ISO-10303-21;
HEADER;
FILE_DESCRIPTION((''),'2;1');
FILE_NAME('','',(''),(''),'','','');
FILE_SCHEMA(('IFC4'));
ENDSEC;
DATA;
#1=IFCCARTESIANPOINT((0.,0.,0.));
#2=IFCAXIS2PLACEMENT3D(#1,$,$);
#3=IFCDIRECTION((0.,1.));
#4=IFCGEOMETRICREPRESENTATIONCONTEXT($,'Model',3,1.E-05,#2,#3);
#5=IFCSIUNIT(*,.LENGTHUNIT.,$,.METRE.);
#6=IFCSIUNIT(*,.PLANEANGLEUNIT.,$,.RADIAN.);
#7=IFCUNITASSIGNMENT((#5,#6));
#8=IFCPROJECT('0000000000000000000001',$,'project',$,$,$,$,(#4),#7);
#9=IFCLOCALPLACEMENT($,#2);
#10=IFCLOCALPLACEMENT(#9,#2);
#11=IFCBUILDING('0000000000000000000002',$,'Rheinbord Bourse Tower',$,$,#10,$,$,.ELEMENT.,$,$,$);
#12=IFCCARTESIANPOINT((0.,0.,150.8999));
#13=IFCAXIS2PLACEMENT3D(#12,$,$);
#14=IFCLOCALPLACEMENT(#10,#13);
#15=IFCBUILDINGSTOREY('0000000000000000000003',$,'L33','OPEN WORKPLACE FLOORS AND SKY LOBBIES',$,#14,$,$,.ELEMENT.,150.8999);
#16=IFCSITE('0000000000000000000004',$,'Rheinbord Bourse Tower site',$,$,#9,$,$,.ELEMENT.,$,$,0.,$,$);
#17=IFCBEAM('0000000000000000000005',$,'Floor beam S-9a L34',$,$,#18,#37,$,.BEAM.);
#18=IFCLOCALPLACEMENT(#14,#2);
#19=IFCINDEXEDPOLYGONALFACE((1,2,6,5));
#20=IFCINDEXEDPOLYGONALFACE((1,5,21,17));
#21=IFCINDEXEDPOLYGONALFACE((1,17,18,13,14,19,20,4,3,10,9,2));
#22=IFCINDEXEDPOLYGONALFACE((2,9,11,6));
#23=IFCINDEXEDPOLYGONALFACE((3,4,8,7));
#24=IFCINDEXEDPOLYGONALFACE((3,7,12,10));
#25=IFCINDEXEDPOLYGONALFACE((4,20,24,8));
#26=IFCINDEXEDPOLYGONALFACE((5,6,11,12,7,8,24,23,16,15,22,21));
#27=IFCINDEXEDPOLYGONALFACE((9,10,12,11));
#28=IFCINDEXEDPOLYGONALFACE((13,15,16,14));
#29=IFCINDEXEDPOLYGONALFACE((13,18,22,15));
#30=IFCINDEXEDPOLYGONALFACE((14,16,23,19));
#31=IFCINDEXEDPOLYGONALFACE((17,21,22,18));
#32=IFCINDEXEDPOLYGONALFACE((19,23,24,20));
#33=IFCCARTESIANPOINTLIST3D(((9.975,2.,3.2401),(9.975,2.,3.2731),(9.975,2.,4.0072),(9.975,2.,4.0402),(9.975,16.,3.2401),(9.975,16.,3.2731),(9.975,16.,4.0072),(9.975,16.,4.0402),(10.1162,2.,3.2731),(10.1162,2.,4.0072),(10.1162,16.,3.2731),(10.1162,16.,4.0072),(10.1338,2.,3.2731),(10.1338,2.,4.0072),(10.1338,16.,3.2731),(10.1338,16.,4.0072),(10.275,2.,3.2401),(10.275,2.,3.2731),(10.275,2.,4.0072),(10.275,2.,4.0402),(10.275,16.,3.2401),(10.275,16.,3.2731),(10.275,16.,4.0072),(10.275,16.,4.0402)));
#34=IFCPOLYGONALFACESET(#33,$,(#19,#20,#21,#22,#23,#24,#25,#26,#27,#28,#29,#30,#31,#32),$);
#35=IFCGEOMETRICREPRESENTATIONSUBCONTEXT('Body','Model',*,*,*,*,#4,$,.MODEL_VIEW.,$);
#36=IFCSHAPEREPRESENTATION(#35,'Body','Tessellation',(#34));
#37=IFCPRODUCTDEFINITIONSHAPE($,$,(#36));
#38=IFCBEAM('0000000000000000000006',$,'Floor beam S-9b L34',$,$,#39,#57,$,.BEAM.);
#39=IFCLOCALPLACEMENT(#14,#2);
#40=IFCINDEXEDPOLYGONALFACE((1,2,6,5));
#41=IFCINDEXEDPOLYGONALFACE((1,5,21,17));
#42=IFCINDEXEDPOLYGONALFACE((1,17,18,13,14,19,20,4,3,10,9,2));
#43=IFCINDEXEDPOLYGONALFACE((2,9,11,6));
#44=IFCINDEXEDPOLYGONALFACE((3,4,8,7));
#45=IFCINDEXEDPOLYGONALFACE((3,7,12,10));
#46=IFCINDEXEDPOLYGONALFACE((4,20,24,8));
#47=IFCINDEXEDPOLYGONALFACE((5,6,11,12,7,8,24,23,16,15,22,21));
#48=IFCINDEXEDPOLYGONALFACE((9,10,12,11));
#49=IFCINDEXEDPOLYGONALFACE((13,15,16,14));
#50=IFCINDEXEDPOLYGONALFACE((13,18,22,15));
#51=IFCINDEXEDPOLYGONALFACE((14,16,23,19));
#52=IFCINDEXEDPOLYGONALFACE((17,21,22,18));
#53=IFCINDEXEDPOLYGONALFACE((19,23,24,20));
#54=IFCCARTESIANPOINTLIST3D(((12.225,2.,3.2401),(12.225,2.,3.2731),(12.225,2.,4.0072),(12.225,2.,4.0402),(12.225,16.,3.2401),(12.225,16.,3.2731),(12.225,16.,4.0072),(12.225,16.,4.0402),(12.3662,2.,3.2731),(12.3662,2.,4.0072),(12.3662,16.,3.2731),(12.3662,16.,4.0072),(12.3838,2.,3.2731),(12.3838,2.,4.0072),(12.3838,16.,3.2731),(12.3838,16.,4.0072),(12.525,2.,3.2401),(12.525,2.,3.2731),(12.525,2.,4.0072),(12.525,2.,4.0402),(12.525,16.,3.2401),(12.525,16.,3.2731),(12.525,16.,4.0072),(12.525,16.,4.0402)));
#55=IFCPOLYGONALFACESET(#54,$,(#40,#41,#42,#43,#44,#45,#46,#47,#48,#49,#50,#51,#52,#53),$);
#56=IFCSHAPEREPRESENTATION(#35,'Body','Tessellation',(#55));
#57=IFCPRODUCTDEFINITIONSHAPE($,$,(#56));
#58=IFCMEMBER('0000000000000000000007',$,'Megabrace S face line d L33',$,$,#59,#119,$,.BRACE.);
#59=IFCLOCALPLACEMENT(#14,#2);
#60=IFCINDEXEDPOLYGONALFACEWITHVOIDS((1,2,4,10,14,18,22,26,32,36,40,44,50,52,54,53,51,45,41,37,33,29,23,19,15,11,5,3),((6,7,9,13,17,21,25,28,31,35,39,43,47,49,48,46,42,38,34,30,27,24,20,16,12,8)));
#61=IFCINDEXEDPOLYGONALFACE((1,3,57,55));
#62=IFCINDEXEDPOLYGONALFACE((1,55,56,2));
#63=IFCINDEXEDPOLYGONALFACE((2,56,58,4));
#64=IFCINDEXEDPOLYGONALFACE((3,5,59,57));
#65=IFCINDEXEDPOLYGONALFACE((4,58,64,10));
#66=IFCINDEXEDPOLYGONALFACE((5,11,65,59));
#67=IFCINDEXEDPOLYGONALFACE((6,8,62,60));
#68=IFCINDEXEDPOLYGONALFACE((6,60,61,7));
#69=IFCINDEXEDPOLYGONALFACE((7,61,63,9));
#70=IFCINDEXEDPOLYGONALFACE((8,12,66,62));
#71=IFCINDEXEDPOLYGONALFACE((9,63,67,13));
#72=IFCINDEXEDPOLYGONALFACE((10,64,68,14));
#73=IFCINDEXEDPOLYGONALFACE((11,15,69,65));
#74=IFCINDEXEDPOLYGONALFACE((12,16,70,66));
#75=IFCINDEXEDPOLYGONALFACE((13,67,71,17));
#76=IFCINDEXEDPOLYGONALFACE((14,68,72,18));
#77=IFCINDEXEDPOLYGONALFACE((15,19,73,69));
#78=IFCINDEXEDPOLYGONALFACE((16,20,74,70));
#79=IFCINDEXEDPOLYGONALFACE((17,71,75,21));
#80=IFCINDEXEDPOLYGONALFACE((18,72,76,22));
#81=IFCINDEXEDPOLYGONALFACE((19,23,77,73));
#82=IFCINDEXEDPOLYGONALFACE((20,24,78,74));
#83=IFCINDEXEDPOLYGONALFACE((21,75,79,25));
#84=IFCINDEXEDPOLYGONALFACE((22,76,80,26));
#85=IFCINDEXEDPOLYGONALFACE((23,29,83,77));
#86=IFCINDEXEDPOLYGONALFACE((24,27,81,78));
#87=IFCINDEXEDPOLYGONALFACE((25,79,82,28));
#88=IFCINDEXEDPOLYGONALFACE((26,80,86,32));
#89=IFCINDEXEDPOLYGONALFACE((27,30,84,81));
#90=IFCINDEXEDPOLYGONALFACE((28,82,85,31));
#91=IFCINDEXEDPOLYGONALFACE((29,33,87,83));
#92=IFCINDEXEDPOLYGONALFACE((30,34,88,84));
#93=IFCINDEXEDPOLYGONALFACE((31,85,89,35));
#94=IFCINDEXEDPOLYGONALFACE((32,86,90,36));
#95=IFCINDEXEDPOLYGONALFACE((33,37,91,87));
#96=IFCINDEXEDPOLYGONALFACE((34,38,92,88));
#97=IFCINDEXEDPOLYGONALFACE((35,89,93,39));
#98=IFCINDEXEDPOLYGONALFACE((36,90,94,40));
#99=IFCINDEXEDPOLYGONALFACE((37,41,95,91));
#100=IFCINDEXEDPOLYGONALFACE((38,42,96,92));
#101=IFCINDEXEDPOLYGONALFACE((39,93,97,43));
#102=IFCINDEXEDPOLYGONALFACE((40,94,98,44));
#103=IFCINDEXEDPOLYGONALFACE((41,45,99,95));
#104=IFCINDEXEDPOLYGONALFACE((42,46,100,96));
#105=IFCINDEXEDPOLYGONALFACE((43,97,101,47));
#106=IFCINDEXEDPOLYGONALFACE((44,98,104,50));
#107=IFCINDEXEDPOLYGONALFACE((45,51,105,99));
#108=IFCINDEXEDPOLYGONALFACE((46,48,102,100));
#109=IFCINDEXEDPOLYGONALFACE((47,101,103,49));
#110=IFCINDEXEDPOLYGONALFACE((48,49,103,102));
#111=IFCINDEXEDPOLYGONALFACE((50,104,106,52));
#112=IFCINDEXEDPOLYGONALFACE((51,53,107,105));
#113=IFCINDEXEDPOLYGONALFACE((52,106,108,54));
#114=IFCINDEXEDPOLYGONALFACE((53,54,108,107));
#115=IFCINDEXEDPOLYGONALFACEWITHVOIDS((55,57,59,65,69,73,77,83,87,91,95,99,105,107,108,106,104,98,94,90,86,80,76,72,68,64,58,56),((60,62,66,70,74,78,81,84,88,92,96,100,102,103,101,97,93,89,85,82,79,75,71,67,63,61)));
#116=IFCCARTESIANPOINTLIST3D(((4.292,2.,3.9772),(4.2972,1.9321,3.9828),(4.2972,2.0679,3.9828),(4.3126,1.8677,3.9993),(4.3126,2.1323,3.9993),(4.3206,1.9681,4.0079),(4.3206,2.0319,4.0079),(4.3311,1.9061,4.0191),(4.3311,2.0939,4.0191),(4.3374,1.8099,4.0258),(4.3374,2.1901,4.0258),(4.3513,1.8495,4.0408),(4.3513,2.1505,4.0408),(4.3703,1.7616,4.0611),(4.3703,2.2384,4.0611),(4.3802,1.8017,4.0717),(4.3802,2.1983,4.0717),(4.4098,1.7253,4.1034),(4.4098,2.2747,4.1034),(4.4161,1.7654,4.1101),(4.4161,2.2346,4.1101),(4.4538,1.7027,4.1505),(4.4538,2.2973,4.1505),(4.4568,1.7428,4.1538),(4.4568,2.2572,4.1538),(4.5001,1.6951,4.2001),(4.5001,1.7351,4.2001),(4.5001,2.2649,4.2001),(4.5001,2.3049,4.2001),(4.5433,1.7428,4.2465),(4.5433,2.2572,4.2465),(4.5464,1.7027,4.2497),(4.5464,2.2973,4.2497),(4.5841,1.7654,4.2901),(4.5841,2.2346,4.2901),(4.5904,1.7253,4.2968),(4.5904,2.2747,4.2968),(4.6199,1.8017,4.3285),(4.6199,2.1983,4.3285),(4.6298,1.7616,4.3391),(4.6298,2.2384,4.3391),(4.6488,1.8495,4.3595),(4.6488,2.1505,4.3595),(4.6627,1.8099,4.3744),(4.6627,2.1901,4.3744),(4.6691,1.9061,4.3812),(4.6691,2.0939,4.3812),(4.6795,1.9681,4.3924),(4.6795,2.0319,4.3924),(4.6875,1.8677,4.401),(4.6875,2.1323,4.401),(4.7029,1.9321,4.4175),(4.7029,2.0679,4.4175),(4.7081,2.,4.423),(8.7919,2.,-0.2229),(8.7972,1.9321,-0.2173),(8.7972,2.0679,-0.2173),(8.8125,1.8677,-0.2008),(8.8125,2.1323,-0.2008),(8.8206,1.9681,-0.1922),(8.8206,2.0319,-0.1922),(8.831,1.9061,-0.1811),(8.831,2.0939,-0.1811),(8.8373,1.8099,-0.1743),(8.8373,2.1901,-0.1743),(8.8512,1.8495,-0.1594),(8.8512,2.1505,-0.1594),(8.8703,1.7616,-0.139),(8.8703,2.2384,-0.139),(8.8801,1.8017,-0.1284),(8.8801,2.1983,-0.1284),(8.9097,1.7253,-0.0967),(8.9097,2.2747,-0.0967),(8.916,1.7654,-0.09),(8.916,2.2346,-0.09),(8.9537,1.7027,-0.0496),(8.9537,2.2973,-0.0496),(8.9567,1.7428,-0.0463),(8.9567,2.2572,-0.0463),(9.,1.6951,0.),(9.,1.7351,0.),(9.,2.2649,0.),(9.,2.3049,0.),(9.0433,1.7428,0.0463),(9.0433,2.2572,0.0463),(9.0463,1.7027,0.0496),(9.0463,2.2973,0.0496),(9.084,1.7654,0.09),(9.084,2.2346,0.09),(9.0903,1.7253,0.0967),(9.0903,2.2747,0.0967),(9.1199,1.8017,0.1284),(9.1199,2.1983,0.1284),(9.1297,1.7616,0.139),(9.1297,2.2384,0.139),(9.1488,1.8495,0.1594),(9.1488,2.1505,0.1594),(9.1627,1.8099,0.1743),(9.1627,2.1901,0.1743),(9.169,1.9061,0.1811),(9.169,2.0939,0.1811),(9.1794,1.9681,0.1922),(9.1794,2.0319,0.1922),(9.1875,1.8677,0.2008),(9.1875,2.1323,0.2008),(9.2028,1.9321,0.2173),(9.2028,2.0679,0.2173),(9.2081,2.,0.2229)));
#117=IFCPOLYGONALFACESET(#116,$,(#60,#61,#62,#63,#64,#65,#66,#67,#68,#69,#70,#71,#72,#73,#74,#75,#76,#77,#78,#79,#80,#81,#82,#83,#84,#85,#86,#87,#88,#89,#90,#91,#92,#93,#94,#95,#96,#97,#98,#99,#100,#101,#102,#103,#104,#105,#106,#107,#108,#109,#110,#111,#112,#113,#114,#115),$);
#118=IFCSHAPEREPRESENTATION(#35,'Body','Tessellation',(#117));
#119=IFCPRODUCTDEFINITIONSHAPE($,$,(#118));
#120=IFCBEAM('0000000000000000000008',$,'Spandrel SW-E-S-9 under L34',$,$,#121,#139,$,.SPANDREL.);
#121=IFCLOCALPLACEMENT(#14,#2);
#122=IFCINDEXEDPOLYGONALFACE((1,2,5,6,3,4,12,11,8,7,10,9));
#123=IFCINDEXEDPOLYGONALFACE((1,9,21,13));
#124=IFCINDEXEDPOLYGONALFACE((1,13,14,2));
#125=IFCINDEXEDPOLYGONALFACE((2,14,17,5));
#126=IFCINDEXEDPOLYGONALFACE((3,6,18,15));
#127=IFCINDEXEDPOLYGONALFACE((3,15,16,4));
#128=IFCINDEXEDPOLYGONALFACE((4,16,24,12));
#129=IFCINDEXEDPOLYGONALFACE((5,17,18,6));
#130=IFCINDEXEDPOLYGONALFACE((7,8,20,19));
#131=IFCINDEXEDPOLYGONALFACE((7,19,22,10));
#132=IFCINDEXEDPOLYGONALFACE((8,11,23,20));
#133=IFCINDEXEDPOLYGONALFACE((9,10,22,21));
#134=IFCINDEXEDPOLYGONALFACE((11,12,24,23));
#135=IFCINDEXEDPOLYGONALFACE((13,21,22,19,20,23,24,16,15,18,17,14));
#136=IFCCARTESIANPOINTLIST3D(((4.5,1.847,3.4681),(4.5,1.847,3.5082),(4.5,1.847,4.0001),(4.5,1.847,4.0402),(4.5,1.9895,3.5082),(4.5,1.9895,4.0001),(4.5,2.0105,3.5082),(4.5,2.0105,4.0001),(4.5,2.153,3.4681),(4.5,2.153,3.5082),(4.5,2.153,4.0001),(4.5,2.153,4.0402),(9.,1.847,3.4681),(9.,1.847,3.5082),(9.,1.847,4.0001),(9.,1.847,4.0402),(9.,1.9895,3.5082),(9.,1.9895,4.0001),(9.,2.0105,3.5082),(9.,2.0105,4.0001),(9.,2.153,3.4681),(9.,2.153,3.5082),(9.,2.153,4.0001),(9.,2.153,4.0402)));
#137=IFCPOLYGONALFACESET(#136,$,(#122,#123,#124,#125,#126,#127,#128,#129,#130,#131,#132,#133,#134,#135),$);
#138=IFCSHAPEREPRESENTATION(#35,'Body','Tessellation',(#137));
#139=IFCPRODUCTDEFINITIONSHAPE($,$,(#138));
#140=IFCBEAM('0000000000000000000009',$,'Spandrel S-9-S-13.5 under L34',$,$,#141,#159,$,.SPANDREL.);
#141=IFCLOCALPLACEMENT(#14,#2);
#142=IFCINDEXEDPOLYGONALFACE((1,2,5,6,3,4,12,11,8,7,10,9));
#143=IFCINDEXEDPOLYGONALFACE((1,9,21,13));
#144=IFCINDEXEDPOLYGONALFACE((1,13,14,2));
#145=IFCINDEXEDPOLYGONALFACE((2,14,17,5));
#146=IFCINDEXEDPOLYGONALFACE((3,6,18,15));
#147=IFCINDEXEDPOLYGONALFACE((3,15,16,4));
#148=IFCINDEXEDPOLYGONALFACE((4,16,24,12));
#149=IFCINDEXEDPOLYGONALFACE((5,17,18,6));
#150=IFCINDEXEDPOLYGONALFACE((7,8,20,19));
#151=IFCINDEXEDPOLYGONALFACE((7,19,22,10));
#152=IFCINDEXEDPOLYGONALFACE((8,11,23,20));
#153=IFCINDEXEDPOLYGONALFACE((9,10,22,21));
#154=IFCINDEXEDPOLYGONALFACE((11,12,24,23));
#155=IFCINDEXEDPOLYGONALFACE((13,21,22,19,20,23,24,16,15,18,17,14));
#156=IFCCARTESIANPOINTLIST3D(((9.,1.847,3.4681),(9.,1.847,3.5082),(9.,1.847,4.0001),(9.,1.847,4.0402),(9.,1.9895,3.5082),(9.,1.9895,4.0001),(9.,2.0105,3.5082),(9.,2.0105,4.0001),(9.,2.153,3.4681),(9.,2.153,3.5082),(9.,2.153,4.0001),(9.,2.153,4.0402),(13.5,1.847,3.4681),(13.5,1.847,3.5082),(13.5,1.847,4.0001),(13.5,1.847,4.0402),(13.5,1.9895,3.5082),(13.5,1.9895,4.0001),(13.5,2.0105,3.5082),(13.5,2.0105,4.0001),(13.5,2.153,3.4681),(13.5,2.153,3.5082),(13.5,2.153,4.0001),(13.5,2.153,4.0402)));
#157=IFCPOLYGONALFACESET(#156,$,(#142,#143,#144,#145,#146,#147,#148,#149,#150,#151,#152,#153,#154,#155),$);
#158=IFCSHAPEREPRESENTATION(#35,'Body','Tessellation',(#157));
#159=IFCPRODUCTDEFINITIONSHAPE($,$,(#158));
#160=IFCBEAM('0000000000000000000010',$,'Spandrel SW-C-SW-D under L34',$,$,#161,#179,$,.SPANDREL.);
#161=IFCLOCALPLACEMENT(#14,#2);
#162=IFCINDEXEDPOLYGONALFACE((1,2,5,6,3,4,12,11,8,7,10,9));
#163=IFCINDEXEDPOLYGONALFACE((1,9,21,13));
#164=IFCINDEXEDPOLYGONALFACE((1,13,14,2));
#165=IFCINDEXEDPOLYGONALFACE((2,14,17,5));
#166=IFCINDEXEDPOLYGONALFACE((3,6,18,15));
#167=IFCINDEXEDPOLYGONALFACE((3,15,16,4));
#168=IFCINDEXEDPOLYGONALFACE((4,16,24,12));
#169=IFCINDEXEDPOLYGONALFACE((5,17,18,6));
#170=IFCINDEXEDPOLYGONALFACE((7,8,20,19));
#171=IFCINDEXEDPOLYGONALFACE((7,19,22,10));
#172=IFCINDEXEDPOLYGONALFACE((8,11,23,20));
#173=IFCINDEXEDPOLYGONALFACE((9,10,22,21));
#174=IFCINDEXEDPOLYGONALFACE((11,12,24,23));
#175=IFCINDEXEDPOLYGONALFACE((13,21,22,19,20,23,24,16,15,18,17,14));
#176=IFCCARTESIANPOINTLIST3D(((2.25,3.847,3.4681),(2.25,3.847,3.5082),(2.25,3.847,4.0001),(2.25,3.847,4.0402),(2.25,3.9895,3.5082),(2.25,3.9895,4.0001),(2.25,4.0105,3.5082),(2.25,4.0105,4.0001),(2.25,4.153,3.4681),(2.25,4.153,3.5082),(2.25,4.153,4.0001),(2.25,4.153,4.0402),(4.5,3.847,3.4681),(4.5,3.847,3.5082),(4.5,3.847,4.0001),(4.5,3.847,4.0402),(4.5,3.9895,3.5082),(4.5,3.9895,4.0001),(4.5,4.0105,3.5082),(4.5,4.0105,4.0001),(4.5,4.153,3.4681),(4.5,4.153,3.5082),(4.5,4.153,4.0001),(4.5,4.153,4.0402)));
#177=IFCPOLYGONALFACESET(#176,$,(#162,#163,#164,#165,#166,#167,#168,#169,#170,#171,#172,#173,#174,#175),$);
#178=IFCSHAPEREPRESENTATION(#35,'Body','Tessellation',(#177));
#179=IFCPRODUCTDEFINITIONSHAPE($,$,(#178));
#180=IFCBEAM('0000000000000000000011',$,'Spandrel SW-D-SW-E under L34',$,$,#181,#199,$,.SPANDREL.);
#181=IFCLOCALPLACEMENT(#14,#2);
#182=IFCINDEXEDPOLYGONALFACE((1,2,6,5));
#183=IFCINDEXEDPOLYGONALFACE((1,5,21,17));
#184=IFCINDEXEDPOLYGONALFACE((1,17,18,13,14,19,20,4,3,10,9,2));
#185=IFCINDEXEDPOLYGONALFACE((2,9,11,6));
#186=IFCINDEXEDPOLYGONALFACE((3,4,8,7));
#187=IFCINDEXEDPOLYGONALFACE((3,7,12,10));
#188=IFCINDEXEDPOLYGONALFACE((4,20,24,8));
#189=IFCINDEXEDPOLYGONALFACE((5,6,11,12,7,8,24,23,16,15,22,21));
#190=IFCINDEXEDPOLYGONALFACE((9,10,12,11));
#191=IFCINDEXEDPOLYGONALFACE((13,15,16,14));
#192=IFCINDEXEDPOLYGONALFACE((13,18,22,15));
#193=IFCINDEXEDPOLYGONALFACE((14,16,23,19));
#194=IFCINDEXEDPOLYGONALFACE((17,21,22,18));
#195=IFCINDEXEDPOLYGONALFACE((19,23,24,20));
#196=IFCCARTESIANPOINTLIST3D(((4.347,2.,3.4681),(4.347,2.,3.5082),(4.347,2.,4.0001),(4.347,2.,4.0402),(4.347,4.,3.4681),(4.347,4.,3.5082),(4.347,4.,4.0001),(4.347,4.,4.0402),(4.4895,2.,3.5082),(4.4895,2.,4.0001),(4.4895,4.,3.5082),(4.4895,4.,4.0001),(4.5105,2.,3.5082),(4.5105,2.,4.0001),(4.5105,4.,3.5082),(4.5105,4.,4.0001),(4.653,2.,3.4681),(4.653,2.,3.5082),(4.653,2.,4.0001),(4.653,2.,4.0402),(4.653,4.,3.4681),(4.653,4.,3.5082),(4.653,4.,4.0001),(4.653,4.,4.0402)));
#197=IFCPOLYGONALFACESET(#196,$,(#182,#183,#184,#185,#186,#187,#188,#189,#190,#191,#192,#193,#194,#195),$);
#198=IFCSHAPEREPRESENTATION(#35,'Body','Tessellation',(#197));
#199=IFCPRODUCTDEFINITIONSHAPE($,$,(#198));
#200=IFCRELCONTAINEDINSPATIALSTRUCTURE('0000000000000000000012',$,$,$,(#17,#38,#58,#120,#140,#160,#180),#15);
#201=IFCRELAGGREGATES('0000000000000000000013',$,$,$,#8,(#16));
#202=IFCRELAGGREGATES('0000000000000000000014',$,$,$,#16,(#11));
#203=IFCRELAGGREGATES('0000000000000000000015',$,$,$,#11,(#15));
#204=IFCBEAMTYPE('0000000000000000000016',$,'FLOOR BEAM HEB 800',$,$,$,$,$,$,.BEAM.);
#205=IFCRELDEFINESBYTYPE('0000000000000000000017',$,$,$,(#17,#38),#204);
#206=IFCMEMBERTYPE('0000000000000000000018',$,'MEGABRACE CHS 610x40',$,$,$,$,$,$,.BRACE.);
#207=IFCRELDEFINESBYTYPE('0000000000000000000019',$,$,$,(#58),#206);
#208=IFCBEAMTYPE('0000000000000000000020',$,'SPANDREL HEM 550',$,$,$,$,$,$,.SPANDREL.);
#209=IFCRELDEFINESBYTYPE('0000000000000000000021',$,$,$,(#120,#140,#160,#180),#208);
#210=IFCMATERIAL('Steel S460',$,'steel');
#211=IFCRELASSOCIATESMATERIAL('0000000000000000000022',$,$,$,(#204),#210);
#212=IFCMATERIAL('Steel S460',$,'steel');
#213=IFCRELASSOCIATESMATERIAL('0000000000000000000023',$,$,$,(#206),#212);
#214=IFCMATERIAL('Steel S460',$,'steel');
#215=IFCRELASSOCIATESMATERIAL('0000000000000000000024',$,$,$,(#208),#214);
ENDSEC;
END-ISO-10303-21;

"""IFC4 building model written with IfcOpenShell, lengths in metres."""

from ifc_helpers import new_model, si_unit, direction, frame, origin, origin_2d, place, context, subcontext, project, spatial, hollow_circle, i_section, extrude, material, material_profile, profile_set, type_object, element, save


model = new_model("IFC4")

# Units and contexts
model_context = context("Model", 3, precision=1e-05, world=origin(), true_north=direction((0.0, 1.0)))
body_context = subcontext(model_context, "Body", "Model", "MODEL_VIEW")
ifc_project = project(units=[si_unit("LENGTHUNIT", "METRE"), si_unit("PLANEANGLEUNIT", "RADIAN")], contexts=[model_context])

# Site, building, storey
site_placement = place(None, origin())
site = spatial("IfcSite", under=ifc_project, at=site_placement, Name="Rheinbord Bourse Tower site", CompositionType="ELEMENT", RefElevation=0.0)
building_placement = place(site_placement, origin())
building = spatial("IfcBuilding", under=site, at=building_placement, Name="Rheinbord Bourse Tower", CompositionType="ELEMENT")
storey_placement = place(building_placement, frame((0.0, 0.0, 150.8999)))
storey = spatial("IfcBuildingStorey", under=building, at=storey_placement, Name="L33", Description="OPEN WORKPLACE FLOORS AND SKY LOBBIES", CompositionType="ELEMENT", Elevation=150.8999)

# Beams
ifc_material_1 = material(Name="Steel S460", Category="steel")
ifc_material_profile_1 = material_profile(ifc_material_1, i_section(OverallWidth=0.3, OverallDepth=0.8, WebThickness=0.0176, FlangeThickness=0.033, at=origin_2d()), Name="HEB 800")
ifc_profile_set_1 = profile_set([ifc_material_profile_1], Name="Steel S460")
beam_type_1 = type_object("IfcBeamType", Name="FLOOR BEAM HEB 800", PredefinedType="BEAM", material=ifc_profile_set_1)
for number, where, z_axis, x_axis, name in (
    (1, (10.125, 2.0, 3.6401), (0.0, 1.0, 0.0), (-1.0, 0.0, 0.0), "Floor beam S-9a L34"),
    (2, (12.375, 2.0, 3.6401), (0.0, 1.0, 0.0), (-1.0, 0.0, 0.0), "Floor beam S-9b L34"),
):
    element("IfcBeam", number, at=place(storey_placement, frame(where, z_axis=z_axis, x_axis=x_axis)), inside=storey, type_object=beam_type_1, Name=name, PredefinedType="BEAM", context=body_context, shape_type="SweptSolid", body=[
        extrude(i_section(OverallWidth=0.3, OverallDepth=0.8, WebThickness=0.0176, FlangeThickness=0.033, at=origin_2d()), origin(), (0.0, 0.0, 1.0), 14.0),
    ])

# Member
ifc_material_2 = material(Name="Steel S460", Category="steel")
ifc_material_profile_2 = material_profile(ifc_material_2, hollow_circle(Radius=0.3049, WallThickness=0.04, at=origin_2d()), Name="CHS 610x40")
ifc_profile_set_2 = profile_set([ifc_material_profile_2], Name="Steel S460")
member_type_1 = type_object("IfcMemberType", Name="MEGABRACE CHS 610x40", PredefinedType="BRACE", material=ifc_profile_set_2)
member_1_placement = place(storey_placement, frame((9.0, 2.0, 0.0), z_axis=(-0.731039, 0.0, 0.682335), x_axis=(0.0, -1.0, 0.0)))
element("IfcMember", 3, at=member_1_placement, inside=storey, type_object=member_type_1, Name="Megabrace S face line d L33", PredefinedType="BRACE", context=body_context, shape_type="SweptSolid", body=[
    extrude(hollow_circle(Radius=0.3049, WallThickness=0.04, at=origin_2d()), origin(), (0.0, 0.0, 1.0), 6.1555),
])

# Beams
ifc_material_3 = material(Name="Steel S460", Category="steel")
ifc_material_profile_3 = material_profile(ifc_material_3, i_section(OverallWidth=0.3059, OverallDepth=0.572, WebThickness=0.021, FlangeThickness=0.04, at=origin_2d()), Name="HEM 550")
ifc_profile_set_3 = profile_set([ifc_material_profile_3], Name="Steel S460")
beam_type_2 = type_object("IfcBeamType", Name="SPANDREL HEM 550", PredefinedType="SPANDREL", material=ifc_profile_set_3)
for number, where, z_axis, x_axis, name in (
    (4, (4.5, 2.0, 3.7542), (1.0, 0.0, 0.0), (0.0, 1.0, 0.0), "Spandrel SW-E-S-9 under L34"),
    (5, (9.0, 2.0, 3.7542), (1.0, 0.0, 0.0), (0.0, 1.0, 0.0), "Spandrel S-9-S-13.5 under L34"),
):
    element("IfcBeam", number, at=place(storey_placement, frame(where, z_axis=z_axis, x_axis=x_axis)), inside=storey, type_object=beam_type_2, Name=name, PredefinedType="SPANDREL", context=body_context, shape_type="SweptSolid", body=[
        extrude(i_section(OverallWidth=0.3059, OverallDepth=0.572, WebThickness=0.021, FlangeThickness=0.04, at=origin_2d()), origin(), (0.0, 0.0, 1.0), 4.5),
    ])
beam_1_placement = place(storey_placement, frame((2.25, 4.0, 3.7542), z_axis=(1.0, 0.0, 0.0), x_axis=(0.0, 1.0, 0.0)))
element("IfcBeam", 6, at=beam_1_placement, inside=storey, type_object=beam_type_2, Name="Spandrel SW-C-SW-D under L34", PredefinedType="SPANDREL", context=body_context, shape_type="SweptSolid", body=[
    extrude(i_section(OverallWidth=0.3059, OverallDepth=0.572, WebThickness=0.021, FlangeThickness=0.04, at=origin_2d()), origin(), (0.0, 0.0, 1.0), 2.25),
])
beam_2_placement = place(storey_placement, frame((4.5, 4.0, 3.7542), z_axis=(0.0, -1.0, 0.0), x_axis=(1.0, 0.0, 0.0)))
element("IfcBeam", 7, at=beam_2_placement, inside=storey, type_object=beam_type_2, Name="Spandrel SW-D-SW-E under L34", PredefinedType="SPANDREL", context=body_context, shape_type="SweptSolid", body=[
    extrude(i_section(OverallWidth=0.3059, OverallDepth=0.572, WebThickness=0.021, FlangeThickness=0.04, at=origin_2d()), origin(), (0.0, 0.0, 1.0), 2.0),
])

save(model, "model.ifc")
